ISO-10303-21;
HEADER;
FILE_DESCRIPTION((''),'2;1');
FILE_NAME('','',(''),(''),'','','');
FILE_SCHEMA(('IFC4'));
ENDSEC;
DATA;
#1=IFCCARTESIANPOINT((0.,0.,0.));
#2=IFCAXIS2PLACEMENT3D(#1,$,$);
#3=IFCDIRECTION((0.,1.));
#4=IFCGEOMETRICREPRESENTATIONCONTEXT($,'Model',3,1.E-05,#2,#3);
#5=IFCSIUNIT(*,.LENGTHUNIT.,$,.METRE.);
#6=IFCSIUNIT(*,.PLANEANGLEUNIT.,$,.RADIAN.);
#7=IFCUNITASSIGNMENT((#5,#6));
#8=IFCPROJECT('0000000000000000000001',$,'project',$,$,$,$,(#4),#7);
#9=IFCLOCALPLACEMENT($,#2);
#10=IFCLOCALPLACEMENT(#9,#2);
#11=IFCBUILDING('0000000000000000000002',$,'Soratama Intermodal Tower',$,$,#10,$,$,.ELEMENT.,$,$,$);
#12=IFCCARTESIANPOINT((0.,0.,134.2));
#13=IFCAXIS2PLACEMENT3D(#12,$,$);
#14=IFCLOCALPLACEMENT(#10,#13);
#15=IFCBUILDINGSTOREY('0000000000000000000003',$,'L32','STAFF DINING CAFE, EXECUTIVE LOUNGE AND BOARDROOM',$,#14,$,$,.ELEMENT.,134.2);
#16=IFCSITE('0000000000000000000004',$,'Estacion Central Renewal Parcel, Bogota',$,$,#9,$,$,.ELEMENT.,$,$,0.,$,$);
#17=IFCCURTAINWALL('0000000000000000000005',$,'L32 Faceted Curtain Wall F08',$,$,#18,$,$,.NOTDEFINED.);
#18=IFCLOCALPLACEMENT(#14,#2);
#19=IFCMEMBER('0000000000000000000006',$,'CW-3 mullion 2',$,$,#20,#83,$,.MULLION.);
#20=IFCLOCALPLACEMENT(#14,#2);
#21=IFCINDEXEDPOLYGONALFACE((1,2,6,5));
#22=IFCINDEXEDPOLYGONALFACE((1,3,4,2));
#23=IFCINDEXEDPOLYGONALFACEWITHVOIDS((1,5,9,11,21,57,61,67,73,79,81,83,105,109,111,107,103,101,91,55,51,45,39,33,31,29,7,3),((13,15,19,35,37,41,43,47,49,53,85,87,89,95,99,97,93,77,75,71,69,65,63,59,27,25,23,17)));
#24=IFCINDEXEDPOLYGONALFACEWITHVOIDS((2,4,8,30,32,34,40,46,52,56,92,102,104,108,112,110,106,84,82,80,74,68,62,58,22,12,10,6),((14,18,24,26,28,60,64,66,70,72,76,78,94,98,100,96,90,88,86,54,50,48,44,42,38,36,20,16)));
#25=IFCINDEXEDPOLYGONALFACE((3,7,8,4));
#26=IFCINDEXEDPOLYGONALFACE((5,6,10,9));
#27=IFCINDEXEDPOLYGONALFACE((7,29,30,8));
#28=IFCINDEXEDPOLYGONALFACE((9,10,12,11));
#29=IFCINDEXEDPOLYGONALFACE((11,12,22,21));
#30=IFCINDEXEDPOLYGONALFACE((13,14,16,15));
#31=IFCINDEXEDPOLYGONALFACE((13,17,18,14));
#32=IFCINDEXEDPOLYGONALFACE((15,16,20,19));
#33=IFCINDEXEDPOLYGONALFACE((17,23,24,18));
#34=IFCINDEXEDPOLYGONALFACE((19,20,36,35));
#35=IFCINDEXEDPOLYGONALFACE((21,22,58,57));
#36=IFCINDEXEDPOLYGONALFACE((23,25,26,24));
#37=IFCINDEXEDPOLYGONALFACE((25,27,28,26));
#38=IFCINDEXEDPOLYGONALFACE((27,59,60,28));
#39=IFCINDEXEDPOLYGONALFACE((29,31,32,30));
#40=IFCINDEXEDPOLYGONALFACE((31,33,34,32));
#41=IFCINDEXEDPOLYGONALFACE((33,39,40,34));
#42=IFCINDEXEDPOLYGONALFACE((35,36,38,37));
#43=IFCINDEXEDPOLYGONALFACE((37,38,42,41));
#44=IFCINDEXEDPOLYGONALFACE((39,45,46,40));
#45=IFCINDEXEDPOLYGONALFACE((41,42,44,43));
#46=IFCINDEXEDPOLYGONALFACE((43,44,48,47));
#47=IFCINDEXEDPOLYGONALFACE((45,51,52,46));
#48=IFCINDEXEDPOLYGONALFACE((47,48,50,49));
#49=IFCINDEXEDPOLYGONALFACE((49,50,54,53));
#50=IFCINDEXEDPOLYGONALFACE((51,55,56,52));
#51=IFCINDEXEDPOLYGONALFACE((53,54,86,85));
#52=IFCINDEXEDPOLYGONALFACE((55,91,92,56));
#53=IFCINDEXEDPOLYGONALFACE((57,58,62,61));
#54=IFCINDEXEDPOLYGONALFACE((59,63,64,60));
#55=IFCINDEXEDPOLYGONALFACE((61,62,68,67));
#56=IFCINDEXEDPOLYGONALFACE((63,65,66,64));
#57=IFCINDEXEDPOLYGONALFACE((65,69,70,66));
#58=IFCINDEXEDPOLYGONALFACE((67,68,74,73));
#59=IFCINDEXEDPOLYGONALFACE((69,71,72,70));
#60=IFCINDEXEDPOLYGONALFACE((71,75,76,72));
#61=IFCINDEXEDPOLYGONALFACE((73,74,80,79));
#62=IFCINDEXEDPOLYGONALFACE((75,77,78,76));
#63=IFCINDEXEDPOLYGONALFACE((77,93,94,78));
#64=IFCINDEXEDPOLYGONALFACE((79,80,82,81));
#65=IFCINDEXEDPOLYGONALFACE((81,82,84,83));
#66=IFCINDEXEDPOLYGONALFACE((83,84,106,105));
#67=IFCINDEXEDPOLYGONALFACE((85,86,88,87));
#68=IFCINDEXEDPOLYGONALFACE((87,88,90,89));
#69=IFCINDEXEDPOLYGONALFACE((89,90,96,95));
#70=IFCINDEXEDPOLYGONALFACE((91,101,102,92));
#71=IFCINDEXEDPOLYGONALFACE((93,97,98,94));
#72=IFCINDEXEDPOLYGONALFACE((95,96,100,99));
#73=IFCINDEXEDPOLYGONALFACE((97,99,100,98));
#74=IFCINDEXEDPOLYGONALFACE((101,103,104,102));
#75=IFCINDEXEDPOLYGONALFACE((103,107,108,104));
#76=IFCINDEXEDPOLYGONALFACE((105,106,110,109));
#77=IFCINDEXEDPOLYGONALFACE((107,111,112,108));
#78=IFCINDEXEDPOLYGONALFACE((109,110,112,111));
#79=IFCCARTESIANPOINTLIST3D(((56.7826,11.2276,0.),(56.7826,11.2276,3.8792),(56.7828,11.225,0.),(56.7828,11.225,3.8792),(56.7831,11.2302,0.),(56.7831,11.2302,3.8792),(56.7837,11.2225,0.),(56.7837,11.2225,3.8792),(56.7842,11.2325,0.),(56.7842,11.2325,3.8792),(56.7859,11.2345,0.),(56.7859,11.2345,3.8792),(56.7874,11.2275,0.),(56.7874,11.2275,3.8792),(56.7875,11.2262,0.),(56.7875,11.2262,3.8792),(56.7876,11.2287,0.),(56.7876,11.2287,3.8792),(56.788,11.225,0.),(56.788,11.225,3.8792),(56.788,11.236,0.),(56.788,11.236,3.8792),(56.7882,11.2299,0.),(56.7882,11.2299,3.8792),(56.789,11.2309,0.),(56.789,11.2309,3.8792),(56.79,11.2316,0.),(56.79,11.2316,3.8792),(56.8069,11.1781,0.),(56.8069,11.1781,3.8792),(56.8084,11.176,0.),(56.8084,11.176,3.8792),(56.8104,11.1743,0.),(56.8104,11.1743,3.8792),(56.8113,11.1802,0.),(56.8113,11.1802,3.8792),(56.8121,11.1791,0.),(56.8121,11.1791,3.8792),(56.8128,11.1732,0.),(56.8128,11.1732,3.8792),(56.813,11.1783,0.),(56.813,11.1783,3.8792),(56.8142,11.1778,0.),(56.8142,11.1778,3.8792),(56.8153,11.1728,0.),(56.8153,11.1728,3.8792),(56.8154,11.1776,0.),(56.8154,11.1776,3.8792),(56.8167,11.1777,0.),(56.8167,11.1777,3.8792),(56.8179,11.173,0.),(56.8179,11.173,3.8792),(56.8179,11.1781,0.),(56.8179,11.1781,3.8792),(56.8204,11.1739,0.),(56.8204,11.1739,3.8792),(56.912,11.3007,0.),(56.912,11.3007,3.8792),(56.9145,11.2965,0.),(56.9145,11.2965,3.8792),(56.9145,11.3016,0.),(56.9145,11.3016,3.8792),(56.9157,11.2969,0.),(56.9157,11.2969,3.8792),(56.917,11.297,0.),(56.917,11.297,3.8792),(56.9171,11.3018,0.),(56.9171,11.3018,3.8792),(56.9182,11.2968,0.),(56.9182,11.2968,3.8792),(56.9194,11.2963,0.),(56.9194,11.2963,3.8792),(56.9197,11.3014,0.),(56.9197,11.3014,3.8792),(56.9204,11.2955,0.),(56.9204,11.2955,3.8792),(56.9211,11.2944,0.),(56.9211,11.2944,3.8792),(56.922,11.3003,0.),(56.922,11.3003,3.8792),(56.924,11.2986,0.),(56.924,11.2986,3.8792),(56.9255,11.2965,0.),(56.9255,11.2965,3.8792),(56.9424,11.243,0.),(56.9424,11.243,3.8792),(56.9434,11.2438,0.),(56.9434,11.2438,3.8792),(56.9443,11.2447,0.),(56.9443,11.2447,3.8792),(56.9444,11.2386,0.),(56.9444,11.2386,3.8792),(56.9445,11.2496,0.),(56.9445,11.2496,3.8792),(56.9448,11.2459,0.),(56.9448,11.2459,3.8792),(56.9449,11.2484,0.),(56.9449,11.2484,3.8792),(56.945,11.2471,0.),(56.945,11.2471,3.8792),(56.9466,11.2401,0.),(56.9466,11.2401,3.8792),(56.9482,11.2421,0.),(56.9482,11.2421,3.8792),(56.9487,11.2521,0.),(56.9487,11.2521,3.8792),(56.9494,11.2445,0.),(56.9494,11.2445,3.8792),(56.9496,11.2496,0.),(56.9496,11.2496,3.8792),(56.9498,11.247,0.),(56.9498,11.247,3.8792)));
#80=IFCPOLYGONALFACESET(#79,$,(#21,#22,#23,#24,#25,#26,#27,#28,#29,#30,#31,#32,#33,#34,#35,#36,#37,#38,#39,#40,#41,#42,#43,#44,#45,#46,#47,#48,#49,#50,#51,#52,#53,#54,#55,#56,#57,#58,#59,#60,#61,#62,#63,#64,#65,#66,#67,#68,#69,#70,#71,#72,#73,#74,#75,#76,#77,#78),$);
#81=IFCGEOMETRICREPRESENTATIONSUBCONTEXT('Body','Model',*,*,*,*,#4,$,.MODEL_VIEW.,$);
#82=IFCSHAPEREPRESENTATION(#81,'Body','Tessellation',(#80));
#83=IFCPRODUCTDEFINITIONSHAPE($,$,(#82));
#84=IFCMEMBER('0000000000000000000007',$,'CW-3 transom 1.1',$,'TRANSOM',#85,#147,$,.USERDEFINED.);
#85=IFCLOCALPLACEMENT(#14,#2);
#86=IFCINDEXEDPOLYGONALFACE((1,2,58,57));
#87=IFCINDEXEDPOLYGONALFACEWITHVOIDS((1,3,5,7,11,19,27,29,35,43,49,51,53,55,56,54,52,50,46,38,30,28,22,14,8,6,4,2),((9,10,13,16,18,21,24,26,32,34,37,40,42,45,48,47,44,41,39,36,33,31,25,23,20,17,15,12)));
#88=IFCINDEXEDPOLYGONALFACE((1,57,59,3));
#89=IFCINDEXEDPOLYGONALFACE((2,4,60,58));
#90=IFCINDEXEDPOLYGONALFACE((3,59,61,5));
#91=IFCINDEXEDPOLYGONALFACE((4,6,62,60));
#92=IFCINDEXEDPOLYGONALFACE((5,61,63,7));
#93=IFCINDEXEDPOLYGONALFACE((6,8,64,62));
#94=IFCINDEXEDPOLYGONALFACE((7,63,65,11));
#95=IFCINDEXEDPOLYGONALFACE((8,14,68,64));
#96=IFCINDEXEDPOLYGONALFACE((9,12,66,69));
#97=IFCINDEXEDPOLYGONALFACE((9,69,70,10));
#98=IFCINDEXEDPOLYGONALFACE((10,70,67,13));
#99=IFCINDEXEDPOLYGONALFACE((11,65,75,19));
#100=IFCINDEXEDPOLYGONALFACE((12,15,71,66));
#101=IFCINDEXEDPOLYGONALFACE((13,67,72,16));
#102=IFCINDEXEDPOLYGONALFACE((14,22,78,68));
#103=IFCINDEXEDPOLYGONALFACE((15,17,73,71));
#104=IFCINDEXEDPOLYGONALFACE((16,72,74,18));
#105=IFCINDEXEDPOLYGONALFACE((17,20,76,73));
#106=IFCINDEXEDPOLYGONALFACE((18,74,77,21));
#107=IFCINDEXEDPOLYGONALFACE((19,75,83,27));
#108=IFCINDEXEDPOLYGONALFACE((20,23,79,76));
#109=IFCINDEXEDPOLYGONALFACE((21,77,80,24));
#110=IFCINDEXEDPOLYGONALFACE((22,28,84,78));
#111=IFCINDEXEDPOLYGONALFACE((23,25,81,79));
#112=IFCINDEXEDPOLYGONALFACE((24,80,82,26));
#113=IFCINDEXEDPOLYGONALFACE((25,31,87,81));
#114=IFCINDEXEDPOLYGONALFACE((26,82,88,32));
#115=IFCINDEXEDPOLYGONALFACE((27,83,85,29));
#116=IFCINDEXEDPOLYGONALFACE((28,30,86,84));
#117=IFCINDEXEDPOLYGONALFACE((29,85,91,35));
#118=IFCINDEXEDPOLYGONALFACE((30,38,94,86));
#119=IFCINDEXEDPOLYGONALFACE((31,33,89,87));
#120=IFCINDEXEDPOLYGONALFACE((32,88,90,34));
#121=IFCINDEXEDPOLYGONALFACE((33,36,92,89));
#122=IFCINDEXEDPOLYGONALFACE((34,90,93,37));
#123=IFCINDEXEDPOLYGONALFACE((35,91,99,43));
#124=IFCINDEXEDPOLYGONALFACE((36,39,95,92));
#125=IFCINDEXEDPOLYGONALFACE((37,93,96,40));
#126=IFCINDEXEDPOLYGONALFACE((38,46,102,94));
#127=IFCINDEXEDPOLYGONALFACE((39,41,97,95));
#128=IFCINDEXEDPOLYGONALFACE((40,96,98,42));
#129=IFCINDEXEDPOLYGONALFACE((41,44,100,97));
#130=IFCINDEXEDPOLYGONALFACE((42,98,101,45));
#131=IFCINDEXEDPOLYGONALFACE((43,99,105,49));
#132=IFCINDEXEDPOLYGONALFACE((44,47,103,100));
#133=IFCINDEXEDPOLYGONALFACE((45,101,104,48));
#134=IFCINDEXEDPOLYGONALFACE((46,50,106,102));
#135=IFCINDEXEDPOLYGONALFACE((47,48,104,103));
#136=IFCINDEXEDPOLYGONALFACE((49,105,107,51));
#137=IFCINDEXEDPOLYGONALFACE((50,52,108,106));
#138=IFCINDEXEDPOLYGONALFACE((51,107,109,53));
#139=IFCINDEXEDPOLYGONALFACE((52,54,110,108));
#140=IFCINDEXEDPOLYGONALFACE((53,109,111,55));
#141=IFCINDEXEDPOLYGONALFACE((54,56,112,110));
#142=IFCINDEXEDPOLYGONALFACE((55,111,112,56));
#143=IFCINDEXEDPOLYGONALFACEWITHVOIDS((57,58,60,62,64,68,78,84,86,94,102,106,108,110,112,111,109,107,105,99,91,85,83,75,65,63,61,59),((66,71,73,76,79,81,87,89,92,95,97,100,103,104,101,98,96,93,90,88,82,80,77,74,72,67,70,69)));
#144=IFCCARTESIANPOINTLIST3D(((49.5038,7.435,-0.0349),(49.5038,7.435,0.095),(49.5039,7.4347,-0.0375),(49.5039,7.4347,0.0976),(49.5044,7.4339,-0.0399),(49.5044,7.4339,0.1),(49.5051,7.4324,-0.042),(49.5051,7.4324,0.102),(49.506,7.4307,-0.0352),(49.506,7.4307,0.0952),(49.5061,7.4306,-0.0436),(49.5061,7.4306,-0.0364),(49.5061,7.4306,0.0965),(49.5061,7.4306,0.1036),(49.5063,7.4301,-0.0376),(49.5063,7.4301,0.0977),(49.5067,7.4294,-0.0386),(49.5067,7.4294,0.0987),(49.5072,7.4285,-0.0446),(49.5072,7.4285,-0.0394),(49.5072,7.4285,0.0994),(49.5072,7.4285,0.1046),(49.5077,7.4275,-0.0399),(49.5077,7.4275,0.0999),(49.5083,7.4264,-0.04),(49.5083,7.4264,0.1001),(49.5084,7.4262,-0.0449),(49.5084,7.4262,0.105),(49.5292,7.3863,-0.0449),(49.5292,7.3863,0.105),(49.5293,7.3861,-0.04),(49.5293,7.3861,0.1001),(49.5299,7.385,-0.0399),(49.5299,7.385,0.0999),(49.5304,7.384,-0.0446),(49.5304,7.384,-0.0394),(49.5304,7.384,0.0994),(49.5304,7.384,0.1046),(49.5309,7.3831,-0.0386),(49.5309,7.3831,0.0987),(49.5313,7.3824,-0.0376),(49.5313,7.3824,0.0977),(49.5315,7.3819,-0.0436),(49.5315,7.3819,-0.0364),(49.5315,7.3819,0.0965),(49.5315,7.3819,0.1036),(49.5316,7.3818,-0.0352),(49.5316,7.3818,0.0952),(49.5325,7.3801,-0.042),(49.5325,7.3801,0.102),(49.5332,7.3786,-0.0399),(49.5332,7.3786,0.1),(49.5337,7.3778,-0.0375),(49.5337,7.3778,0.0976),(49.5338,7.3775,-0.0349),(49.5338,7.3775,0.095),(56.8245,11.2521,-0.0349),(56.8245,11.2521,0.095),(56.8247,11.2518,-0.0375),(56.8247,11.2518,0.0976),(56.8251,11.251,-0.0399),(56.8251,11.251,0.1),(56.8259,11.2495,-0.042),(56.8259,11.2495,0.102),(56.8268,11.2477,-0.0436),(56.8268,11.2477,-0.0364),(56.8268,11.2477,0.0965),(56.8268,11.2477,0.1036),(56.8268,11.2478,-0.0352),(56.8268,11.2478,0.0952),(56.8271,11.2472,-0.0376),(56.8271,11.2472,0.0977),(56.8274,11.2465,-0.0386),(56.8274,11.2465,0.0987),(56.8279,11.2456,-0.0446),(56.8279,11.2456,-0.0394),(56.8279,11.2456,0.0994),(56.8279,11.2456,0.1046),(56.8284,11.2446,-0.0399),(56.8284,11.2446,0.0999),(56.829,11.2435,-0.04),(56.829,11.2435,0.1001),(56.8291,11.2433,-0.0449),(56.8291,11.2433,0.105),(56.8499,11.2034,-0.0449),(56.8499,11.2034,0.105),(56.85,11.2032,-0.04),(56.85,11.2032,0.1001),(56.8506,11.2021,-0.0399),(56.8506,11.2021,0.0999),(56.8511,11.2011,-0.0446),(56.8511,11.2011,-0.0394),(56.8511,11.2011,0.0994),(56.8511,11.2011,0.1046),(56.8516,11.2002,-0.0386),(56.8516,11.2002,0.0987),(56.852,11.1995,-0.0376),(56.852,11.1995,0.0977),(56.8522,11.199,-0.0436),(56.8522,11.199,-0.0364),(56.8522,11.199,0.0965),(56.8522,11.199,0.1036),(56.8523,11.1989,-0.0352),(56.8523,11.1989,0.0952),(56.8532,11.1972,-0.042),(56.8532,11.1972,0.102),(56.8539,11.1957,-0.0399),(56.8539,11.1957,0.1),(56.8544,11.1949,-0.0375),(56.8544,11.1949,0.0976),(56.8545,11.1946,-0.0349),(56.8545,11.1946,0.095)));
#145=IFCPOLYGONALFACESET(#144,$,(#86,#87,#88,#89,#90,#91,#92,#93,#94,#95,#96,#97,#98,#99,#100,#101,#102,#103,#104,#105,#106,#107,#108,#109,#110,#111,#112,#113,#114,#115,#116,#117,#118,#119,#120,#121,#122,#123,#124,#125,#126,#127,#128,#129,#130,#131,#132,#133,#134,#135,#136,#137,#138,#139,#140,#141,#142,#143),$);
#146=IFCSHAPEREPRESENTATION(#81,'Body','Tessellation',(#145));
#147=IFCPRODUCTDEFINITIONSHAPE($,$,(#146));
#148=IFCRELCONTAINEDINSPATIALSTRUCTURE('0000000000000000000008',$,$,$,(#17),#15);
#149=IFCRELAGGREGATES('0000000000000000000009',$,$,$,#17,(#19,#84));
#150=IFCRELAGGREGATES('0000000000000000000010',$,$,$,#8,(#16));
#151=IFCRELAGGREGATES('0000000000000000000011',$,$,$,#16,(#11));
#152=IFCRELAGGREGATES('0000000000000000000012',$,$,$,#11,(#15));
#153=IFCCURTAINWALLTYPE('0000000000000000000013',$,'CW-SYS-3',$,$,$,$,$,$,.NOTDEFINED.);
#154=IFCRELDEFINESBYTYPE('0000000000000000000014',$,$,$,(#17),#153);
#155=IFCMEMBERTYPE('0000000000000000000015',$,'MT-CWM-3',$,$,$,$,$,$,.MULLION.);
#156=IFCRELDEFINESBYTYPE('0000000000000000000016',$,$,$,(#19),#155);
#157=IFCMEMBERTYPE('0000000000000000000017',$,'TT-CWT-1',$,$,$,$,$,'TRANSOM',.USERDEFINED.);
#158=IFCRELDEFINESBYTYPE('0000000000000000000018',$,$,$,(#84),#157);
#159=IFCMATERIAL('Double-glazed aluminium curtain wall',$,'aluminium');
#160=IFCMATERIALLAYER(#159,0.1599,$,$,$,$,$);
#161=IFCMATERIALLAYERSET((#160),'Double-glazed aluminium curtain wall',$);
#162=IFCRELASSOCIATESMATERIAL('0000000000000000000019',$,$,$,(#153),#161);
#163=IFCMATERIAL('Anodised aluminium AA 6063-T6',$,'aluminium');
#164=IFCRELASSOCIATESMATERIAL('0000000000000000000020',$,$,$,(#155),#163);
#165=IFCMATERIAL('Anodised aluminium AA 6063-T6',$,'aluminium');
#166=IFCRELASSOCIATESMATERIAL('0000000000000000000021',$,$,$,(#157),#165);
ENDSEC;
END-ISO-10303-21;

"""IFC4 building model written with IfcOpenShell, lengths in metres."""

from ifc_helpers import new_model, si_unit, direction, frame, origin, origin_2d, place, context, subcontext, project, spatial, hollow_rectangle, extrude, material, layer, layer_set, material_profile, profile_set, type_object, element, aggregate, save


model = new_model("IFC4")

# Units and contexts
model_context = context("Model", 3, precision=1e-05, world=origin(), true_north=direction((0.0, 1.0)))
body_context = subcontext(model_context, "Body", "Model", "MODEL_VIEW")
ifc_project = project(units=[si_unit("LENGTHUNIT", "METRE"), si_unit("PLANEANGLEUNIT", "RADIAN")], contexts=[model_context])

# Site, building, storey
site_placement = place(None, origin())
site = spatial("IfcSite", under=ifc_project, at=site_placement, Name="Estacion Central Renewal Parcel, Bogota", CompositionType="ELEMENT", RefElevation=0.0)
building_placement = place(site_placement, origin())
building = spatial("IfcBuilding", under=site, at=building_placement, Name="Soratama Intermodal Tower", CompositionType="ELEMENT")
storey_placement = place(building_placement, frame((0.0, 0.0, 134.2)))
storey = spatial("IfcBuildingStorey", under=building, at=storey_placement, Name="L32", Description="STAFF DINING CAFE, EXECUTIVE LOUNGE AND BOARDROOM", CompositionType="ELEMENT", Elevation=134.2)

# Curtain wall, members
ifc_material_1 = material(Name="Double-glazed aluminium curtain wall", Category="aluminium")
ifc_layer_1 = layer(ifc_material_1, 0.1599)
ifc_layer_set_1 = layer_set([ifc_layer_1], Name="Double-glazed aluminium curtain wall")
curtain_wall_type = type_object("IfcCurtainWallType", Name="CW-SYS-3", PredefinedType="NOTDEFINED", material=ifc_layer_set_1)
curtain_wall_placement = place(storey_placement, origin())
curtain_wall = element("IfcCurtainWall", 1, at=curtain_wall_placement, inside=storey, type_object=curtain_wall_type, Name="L32 Faceted Curtain Wall F08", PredefinedType="NOTDEFINED")
ifc_material_2 = material(Name="Anodised aluminium AA 6063-T6", Category="aluminium")
ifc_material_profile_1 = material_profile(ifc_material_2, hollow_rectangle(XDim=0.0701, YDim=0.1599, WallThickness=0.0049, InnerFilletRadius=0.0049, OuterFilletRadius=0.01, at=origin_2d()), Name="CWM160X70X5")
ifc_profile_set_1 = profile_set([ifc_material_profile_1], Name="Anodised aluminium AA 6063-T6")
member_type_1 = type_object("IfcMemberType", Name="MT-CWM-3", PredefinedType="MULLION", material=ifc_profile_set_1)
member_1_placement = place(storey_placement, frame((56.8662, 11.2373, 0.0), z_axis=(0.0, 0.0, 1.0), x_axis=(-0.462359, 0.886693, 0.0)))
member_1 = element("IfcMember", 2, at=member_1_placement, type_object=member_type_1, Name="CW-3 mullion 2", PredefinedType="MULLION", context=body_context, shape_type="SweptSolid", body=[
    extrude(hollow_rectangle(XDim=0.0701, YDim=0.1599, WallThickness=0.0049, InnerFilletRadius=0.0049, OuterFilletRadius=0.01, at=origin_2d()), origin(), (0.0, 0.0, 1.0), 3.8792),
])
ifc_material_3 = material(Name="Anodised aluminium AA 6063-T6", Category="aluminium")
ifc_material_profile_2 = material_profile(ifc_material_3, hollow_rectangle(XDim=0.0649, YDim=0.1499, WallThickness=0.0049, InnerFilletRadius=0.0049, OuterFilletRadius=0.01, at=origin_2d()), Name="CWT150X65X5")
ifc_profile_set_2 = profile_set([ifc_material_profile_2], Name="Anodised aluminium AA 6063-T6")
member_type_2 = type_object("IfcMemberType", Name="TT-CWT-1", ElementType="TRANSOM", PredefinedType="USERDEFINED", material=ifc_profile_set_2)
member_2_placement = place(storey_placement, frame((49.5188, 7.4062, 0.03), z_axis=(0.886705, 0.462337, 0.0), x_axis=(-0.462337, 0.886705, 0.0)))
member_2 = element("IfcMember", 3, at=member_2_placement, type_object=member_type_2, Name="CW-3 transom 1.1", ObjectType="TRANSOM", PredefinedType="USERDEFINED", context=body_context, shape_type="SweptSolid", body=[
    extrude(hollow_rectangle(XDim=0.0649, YDim=0.1499, WallThickness=0.0049, InnerFilletRadius=0.0049, OuterFilletRadius=0.01, at=origin_2d()), origin(), (0.0, 0.0, 1.0), 8.2561),
])
aggregate(curtain_wall, [member_1, member_2])

save(model, "model.ifc")
